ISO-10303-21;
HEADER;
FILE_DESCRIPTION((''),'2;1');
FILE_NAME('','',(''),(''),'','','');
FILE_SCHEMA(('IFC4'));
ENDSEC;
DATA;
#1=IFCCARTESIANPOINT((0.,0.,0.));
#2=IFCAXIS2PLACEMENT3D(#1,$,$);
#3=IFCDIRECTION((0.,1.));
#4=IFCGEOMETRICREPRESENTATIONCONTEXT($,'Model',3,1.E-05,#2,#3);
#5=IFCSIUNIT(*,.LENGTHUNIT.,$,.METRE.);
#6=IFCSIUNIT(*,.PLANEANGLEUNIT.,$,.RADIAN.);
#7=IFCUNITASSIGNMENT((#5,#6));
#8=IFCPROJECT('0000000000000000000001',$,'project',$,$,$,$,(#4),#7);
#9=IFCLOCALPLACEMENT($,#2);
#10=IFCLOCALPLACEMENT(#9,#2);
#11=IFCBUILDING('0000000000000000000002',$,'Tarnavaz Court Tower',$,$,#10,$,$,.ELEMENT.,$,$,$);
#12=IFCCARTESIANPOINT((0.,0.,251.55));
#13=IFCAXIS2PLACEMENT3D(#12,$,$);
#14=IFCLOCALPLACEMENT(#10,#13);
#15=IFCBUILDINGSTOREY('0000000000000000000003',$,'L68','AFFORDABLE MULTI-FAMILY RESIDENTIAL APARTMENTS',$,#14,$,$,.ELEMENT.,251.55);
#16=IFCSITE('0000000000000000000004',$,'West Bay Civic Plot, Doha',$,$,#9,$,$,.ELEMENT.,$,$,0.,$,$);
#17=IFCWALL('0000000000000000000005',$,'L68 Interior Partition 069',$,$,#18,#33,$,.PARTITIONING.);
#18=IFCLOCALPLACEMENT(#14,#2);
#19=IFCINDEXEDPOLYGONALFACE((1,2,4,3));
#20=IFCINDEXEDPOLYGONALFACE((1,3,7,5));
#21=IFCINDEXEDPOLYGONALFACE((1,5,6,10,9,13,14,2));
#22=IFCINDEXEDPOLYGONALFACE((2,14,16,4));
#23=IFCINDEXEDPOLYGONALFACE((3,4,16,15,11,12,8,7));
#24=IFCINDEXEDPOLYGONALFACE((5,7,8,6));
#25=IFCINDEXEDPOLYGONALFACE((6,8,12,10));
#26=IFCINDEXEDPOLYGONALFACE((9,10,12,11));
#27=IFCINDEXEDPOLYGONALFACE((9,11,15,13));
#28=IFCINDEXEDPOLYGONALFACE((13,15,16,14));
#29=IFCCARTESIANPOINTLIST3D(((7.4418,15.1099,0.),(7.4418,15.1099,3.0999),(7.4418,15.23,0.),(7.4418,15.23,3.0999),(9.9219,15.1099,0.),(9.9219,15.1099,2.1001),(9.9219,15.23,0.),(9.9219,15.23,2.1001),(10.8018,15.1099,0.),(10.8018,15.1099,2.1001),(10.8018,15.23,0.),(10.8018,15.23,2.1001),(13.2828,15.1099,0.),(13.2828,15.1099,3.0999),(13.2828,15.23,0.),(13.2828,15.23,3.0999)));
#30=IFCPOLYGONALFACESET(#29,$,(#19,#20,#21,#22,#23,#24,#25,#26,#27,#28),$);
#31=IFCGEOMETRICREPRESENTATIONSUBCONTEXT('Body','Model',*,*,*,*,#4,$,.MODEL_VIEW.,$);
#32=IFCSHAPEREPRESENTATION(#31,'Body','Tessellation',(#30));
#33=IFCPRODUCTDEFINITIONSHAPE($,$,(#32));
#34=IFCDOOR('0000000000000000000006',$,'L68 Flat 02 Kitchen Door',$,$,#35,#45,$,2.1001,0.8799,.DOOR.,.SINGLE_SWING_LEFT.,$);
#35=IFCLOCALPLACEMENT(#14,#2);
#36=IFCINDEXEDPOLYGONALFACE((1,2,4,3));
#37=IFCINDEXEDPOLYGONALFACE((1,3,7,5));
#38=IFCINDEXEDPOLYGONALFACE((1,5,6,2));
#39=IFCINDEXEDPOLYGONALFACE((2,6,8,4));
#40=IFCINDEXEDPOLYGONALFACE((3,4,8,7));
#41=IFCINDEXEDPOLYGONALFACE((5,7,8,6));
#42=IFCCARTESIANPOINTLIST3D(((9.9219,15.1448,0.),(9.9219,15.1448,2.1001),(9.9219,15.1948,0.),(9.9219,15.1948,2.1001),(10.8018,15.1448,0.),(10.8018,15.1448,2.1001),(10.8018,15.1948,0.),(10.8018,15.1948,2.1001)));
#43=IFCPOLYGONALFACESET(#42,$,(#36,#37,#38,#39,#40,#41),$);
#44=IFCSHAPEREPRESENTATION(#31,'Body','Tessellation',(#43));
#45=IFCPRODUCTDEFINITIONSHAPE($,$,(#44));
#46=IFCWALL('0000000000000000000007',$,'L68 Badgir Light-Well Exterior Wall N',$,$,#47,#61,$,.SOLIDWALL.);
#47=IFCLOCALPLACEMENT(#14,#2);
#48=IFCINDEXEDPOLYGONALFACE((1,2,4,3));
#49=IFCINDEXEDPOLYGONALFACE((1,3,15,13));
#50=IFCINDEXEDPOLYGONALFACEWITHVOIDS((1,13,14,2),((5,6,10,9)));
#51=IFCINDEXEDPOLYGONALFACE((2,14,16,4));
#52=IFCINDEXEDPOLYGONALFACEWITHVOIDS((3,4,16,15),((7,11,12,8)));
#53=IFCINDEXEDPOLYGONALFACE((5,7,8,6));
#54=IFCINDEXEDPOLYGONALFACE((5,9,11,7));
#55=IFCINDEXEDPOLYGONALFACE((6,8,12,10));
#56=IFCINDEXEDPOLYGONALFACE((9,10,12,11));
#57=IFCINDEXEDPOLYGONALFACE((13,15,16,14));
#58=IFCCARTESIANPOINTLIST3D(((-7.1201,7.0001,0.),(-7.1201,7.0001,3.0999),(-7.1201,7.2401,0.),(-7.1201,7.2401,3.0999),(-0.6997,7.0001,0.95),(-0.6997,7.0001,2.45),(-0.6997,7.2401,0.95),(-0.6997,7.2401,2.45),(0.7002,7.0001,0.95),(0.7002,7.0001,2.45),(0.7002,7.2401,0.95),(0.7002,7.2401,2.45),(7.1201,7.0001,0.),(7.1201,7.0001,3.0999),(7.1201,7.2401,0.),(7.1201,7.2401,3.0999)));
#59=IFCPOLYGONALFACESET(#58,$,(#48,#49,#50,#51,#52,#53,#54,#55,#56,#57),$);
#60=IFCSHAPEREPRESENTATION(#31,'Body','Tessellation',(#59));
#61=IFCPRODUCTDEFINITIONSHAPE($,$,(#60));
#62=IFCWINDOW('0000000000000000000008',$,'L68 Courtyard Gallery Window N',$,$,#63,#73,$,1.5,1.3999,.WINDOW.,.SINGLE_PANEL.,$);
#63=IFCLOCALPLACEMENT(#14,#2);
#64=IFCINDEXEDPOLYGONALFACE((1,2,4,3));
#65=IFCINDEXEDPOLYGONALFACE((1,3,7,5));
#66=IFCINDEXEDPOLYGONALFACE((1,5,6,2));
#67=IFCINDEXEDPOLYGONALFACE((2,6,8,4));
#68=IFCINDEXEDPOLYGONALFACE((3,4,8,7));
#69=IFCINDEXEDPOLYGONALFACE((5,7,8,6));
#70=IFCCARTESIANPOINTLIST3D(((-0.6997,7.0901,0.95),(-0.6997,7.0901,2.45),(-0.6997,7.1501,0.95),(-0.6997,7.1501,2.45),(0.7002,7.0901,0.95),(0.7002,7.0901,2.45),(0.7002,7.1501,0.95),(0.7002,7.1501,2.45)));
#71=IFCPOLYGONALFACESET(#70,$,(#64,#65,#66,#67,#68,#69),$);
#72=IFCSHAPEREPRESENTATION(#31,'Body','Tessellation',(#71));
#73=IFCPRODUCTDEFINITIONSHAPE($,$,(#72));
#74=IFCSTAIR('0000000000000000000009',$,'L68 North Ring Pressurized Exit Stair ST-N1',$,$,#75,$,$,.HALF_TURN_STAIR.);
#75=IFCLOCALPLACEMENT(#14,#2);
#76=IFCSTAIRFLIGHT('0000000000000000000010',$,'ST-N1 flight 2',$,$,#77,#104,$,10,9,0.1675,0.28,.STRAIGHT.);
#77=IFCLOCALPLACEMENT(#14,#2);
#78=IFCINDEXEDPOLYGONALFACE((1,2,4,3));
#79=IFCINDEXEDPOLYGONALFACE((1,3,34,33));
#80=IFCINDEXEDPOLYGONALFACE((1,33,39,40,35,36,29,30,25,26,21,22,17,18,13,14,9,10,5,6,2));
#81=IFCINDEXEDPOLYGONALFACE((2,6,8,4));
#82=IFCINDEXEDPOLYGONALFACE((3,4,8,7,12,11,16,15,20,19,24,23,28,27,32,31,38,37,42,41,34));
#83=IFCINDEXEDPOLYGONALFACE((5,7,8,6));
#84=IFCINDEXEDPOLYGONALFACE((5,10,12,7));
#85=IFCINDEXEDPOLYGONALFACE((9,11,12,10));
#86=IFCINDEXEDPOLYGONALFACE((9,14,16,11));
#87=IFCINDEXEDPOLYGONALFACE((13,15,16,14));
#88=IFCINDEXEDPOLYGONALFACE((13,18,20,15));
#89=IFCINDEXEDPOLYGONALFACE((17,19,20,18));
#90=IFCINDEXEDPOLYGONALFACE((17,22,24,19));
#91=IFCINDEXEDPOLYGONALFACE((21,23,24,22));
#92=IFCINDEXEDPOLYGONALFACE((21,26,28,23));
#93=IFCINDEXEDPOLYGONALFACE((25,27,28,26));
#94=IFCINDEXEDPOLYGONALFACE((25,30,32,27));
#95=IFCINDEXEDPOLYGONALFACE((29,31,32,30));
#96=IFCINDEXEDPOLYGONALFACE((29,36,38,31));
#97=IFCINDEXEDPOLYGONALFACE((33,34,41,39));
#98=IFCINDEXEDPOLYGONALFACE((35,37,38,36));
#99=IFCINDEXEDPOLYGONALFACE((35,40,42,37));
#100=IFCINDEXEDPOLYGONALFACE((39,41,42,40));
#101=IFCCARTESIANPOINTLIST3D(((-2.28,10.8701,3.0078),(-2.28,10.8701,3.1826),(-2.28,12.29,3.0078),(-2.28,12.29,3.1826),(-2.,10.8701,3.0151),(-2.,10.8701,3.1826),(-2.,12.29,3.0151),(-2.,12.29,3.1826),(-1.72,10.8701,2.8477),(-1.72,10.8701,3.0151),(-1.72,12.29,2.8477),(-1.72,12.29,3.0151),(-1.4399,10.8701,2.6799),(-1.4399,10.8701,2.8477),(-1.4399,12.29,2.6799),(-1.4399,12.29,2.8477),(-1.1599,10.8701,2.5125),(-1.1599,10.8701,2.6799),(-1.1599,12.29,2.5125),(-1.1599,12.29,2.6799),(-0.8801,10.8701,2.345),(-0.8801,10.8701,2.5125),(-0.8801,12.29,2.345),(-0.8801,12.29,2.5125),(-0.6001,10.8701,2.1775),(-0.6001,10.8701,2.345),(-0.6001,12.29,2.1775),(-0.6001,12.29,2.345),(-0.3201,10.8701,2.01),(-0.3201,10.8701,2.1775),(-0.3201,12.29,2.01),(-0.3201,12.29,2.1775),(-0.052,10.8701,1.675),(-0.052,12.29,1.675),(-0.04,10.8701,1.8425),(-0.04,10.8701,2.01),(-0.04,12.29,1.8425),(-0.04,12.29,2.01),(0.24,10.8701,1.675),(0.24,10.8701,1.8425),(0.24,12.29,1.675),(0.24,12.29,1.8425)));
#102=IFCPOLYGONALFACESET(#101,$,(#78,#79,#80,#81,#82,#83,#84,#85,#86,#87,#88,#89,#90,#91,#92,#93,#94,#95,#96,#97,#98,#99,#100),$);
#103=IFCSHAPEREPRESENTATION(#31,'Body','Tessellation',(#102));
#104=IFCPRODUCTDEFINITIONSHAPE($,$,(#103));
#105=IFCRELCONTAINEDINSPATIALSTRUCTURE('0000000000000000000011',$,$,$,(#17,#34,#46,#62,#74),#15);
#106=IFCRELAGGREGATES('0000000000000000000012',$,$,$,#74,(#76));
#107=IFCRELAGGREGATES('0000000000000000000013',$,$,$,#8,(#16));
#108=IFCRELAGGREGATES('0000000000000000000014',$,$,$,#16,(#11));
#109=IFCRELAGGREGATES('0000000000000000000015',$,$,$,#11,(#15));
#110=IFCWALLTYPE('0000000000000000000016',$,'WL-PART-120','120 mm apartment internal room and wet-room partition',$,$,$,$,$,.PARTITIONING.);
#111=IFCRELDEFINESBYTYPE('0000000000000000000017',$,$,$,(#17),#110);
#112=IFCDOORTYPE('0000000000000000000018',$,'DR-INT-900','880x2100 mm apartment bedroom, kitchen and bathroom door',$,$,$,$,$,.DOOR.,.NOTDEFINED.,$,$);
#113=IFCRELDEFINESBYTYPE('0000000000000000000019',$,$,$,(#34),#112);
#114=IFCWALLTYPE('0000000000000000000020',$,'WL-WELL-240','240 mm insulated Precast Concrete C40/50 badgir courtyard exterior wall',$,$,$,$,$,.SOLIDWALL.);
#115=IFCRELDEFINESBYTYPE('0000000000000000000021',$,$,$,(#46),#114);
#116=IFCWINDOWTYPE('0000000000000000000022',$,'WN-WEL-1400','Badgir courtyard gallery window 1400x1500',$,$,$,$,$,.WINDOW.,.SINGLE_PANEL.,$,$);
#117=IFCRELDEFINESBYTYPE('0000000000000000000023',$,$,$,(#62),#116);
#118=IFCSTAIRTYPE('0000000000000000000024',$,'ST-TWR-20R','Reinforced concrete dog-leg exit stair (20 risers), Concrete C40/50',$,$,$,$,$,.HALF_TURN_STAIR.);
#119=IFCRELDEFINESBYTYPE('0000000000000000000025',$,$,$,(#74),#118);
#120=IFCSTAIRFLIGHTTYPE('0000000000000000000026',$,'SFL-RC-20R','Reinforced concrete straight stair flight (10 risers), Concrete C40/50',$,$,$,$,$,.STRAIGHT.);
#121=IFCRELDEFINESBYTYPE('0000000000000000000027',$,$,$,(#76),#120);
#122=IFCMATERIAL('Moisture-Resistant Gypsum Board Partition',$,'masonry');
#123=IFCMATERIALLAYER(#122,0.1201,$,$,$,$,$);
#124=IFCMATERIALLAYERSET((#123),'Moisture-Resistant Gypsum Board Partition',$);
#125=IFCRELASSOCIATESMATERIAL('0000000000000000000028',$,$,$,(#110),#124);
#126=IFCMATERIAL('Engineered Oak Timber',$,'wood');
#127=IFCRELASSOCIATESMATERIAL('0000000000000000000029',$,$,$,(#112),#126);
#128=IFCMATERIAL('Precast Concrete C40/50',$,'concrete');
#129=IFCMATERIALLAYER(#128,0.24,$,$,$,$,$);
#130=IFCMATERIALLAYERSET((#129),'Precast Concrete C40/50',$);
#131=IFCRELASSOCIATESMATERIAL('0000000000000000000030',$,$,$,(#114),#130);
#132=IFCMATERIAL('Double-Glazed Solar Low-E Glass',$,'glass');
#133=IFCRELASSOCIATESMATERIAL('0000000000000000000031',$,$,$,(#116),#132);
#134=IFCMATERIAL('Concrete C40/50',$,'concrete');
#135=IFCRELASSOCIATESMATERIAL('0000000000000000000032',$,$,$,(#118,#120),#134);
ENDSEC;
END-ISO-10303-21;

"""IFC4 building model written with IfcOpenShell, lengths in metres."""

from ifc_helpers import new_model, si_unit, direction, frame, frame_2d, origin, place, context, subcontext, project, spatial, polyline, rectangle, outline, extrude, material, layer, layer_set, type_object, element, fill, aggregate, save


model = new_model("IFC4")

# Units and contexts
model_context = context("Model", 3, precision=1e-05, world=origin(), true_north=direction((0.0, 1.0)))
body_context = subcontext(model_context, "Body", "Model", "MODEL_VIEW")
ifc_project = project(units=[si_unit("LENGTHUNIT", "METRE"), si_unit("PLANEANGLEUNIT", "RADIAN")], contexts=[model_context])

# Site, building, storey
site_placement = place(None, origin())
site = spatial("IfcSite", under=ifc_project, at=site_placement, Name="West Bay Civic Plot, Doha", CompositionType="ELEMENT", RefElevation=0.0)
building_placement = place(site_placement, origin())
building = spatial("IfcBuilding", under=site, at=building_placement, Name="Tarnavaz Court Tower", CompositionType="ELEMENT")
storey_placement = place(building_placement, frame((0.0, 0.0, 251.55)))
storey = spatial("IfcBuildingStorey", under=building, at=storey_placement, Name="L68", Description="AFFORDABLE MULTI-FAMILY RESIDENTIAL APARTMENTS", CompositionType="ELEMENT", Elevation=251.55)

# Wall, opening, door
ifc_material_1 = material(Name="Moisture-Resistant Gypsum Board Partition", Category="masonry")
ifc_layer_1 = layer(ifc_material_1, 0.1201)
ifc_layer_set_1 = layer_set([ifc_layer_1], Name="Moisture-Resistant Gypsum Board Partition")
wall_type_1 = type_object("IfcWallType", Name="WL-PART-120", Description="120 mm apartment internal room and wet-room partition", PredefinedType="PARTITIONING", material=ifc_layer_set_1)
ifc_material_2 = material(Name="Engineered Oak Timber", Category="wood")
wall_1_placement = place(storey_placement, frame((7.4419, 15.1699, 0.0), z_axis=(0.0, 0.0, 1.0), x_axis=(1.0, 0.0, 0.0)))
wall_1 = element("IfcWall", 1, at=wall_1_placement, inside=storey, type_object=wall_type_1, Name="L68 Interior Partition 069", PredefinedType="PARTITIONING", context=body_context, shape_type="SweptSolid", body=[
    extrude(rectangle(XDim=5.8411, YDim=0.1201, at=frame_2d((2.9204, 0.0))), origin(), (0.0, 0.0, 1.0), 3.0999),
])
opening_1_placement = place(wall_1_placement, frame((2.48, 0.0, 0.0)))
opening_1 = element("IfcOpeningElement", 2, at=opening_1_placement, cuts=wall_1, PredefinedType="OPENING", context=body_context, shape_type="SweptSolid", body=[
    extrude(rectangle(XDim=0.8799, YDim=2.1001, at=frame_2d((0.4399, 1.05))), frame((0.0, 0.0701, 0.0), z_axis=(0.0, -1.0, 0.0), x_axis=(1.0, 0.0, 0.0)), (0.0, 0.0, 1.0), 0.1401),
])
door_type_1 = type_object("IfcDoorType", Name="DR-INT-900", Description="880x2100 mm apartment bedroom, kitchen and bathroom door", OperationType="NOTDEFINED", PredefinedType="DOOR", material=ifc_material_2)
door_1_placement = place(opening_1_placement, origin())
door_1 = element("IfcDoor", 3, at=door_1_placement, inside=storey, type_object=door_type_1, Name="L68 Flat 02 Kitchen Door", OperationType="SINGLE_SWING_LEFT", OverallHeight=2.1001, OverallWidth=0.8799, PredefinedType="DOOR", context=body_context, shape_type="SweptSolid", body=[
    extrude(rectangle(XDim=0.8799, YDim=2.1001, at=frame_2d((0.4399, 1.05))), frame((0.0, 0.0249, 0.0), z_axis=(0.0, -1.0, 0.0), x_axis=(1.0, 0.0, 0.0)), (0.0, 0.0, 1.0), 0.05),
])
fill(opening_1, door_1)

# Wall, opening, window
ifc_material_3 = material(Name="Precast Concrete C40/50", Category="concrete")
ifc_layer_2 = layer(ifc_material_3, 0.24)
ifc_layer_set_2 = layer_set([ifc_layer_2], Name="Precast Concrete C40/50")
wall_type_2 = type_object("IfcWallType", Name="WL-WELL-240", Description="240 mm insulated Precast Concrete C40/50 badgir courtyard exterior wall", PredefinedType="SOLIDWALL", material=ifc_layer_set_2)
wall_2_placement = place(storey_placement, frame((7.1201, 7.1201, 0.0), z_axis=(0.0, 0.0, 1.0), x_axis=(-1.0, 0.0, 0.0)))
wall_2 = element("IfcWall", 4, at=wall_2_placement, inside=storey, type_object=wall_type_2, Name="L68 Badgir Light-Well Exterior Wall N", PredefinedType="SOLIDWALL", context=body_context, shape_type="SweptSolid", body=[
    extrude(rectangle(XDim=14.2402, YDim=0.24, at=frame_2d((7.1201, 0.0))), origin(), (0.0, 0.0, 1.0), 3.0999),
])
opening_2_placement = place(wall_2_placement, frame((6.4199, 0.0, 0.95)))
opening_2 = element("IfcOpeningElement", 5, at=opening_2_placement, cuts=wall_2, PredefinedType="OPENING", context=body_context, shape_type="SweptSolid", body=[
    extrude(rectangle(XDim=1.3999, YDim=1.5, at=frame_2d((0.7, 0.75))), frame((0.0, 0.1299, 0.0), z_axis=(0.0, -1.0, 0.0), x_axis=(1.0, 0.0, 0.0)), (0.0, 0.0, 1.0), 0.26),
])
ifc_material_4 = material(Name="Double-Glazed Solar Low-E Glass", Category="glass")
window_type = type_object("IfcWindowType", Name="WN-WEL-1400", Description="Badgir courtyard gallery window 1400x1500", PartitioningType="SINGLE_PANEL", PredefinedType="WINDOW", material=ifc_material_4)
window_placement = place(opening_2_placement, origin())
window = element("IfcWindow", 6, at=window_placement, inside=storey, type_object=window_type, Name="L68 Courtyard Gallery Window N", OverallHeight=1.5, OverallWidth=1.3999, PartitioningType="SINGLE_PANEL", PredefinedType="WINDOW", context=body_context, shape_type="SweptSolid", body=[
    extrude(rectangle(XDim=1.3999, YDim=1.5, at=frame_2d((0.7, 0.75))), frame((0.0, 0.03, 0.0), z_axis=(0.0, -1.0, 0.0), x_axis=(1.0, 0.0, 0.0)), (0.0, 0.0, 1.0), 0.0601),
])
fill(opening_2, window)

# Stair, stair flight
ifc_material_5 = material(Name="Concrete C40/50", Category="concrete")
stair_type = type_object("IfcStairType", Name="ST-TWR-20R", Description="Reinforced concrete dog-leg exit stair (20 risers), Concrete C40/50", PredefinedType="HALF_TURN_STAIR", material=ifc_material_5)
stair_placement = place(storey_placement, origin())
stair = element("IfcStair", 7, at=stair_placement, inside=storey, type_object=stair_type, Name="L68 North Ring Pressurized Exit Stair ST-N1", PredefinedType="HALF_TURN_STAIR")
stair_flight_type = type_object("IfcStairFlightType", Name="SFL-RC-20R", Description="Reinforced concrete straight stair flight (10 risers), Concrete C40/50", PredefinedType="STRAIGHT", material=ifc_material_5)
stair_flight_placement = place(storey_placement, frame((0.24, 11.5801, 1.675), z_axis=(0.0, 0.0, 1.0), x_axis=(-1.0, 0.0, 0.0)))
stair_flight = element("IfcStairFlight", 8, at=stair_flight_placement, type_object=stair_flight_type, Name="ST-N1 flight 2", NumberOfRisers=10, NumberOfTreads=9, PredefinedType="STRAIGHT", RiserHeight=0.1675, TreadLength=0.28, context=body_context, shape_type="SweptSolid", body=[
    extrude(outline(polyline([(0.0, 0.0), (0.0, 0.1675), (0.28, 0.1675), (0.28, 0.335), (0.5601, 0.335), (0.5601, 0.5024), (0.8401, 0.5024), (0.8401, 0.6699), (1.1201, 0.6699), (1.1201, 0.8374), (1.3999, 0.8374), (1.3999, 1.0049), (1.6799, 1.0049), (1.6799, 1.1726), (1.96, 1.1726), (1.96, 1.3401), (2.24, 1.3401), (2.24, 1.5076), (2.52, 1.5076), (2.52, 1.675), (2.52, 1.3328), (0.292, 0.0), (0.0, 0.0)])), frame((0.0, 0.71, 0.0), z_axis=(0.0, -1.0, 0.0), x_axis=(1.0, 0.0, 0.0)), (0.0, 0.0, 1.0), 1.4199),
])
aggregate(stair, [stair_flight])

save(model, "model.ifc")
